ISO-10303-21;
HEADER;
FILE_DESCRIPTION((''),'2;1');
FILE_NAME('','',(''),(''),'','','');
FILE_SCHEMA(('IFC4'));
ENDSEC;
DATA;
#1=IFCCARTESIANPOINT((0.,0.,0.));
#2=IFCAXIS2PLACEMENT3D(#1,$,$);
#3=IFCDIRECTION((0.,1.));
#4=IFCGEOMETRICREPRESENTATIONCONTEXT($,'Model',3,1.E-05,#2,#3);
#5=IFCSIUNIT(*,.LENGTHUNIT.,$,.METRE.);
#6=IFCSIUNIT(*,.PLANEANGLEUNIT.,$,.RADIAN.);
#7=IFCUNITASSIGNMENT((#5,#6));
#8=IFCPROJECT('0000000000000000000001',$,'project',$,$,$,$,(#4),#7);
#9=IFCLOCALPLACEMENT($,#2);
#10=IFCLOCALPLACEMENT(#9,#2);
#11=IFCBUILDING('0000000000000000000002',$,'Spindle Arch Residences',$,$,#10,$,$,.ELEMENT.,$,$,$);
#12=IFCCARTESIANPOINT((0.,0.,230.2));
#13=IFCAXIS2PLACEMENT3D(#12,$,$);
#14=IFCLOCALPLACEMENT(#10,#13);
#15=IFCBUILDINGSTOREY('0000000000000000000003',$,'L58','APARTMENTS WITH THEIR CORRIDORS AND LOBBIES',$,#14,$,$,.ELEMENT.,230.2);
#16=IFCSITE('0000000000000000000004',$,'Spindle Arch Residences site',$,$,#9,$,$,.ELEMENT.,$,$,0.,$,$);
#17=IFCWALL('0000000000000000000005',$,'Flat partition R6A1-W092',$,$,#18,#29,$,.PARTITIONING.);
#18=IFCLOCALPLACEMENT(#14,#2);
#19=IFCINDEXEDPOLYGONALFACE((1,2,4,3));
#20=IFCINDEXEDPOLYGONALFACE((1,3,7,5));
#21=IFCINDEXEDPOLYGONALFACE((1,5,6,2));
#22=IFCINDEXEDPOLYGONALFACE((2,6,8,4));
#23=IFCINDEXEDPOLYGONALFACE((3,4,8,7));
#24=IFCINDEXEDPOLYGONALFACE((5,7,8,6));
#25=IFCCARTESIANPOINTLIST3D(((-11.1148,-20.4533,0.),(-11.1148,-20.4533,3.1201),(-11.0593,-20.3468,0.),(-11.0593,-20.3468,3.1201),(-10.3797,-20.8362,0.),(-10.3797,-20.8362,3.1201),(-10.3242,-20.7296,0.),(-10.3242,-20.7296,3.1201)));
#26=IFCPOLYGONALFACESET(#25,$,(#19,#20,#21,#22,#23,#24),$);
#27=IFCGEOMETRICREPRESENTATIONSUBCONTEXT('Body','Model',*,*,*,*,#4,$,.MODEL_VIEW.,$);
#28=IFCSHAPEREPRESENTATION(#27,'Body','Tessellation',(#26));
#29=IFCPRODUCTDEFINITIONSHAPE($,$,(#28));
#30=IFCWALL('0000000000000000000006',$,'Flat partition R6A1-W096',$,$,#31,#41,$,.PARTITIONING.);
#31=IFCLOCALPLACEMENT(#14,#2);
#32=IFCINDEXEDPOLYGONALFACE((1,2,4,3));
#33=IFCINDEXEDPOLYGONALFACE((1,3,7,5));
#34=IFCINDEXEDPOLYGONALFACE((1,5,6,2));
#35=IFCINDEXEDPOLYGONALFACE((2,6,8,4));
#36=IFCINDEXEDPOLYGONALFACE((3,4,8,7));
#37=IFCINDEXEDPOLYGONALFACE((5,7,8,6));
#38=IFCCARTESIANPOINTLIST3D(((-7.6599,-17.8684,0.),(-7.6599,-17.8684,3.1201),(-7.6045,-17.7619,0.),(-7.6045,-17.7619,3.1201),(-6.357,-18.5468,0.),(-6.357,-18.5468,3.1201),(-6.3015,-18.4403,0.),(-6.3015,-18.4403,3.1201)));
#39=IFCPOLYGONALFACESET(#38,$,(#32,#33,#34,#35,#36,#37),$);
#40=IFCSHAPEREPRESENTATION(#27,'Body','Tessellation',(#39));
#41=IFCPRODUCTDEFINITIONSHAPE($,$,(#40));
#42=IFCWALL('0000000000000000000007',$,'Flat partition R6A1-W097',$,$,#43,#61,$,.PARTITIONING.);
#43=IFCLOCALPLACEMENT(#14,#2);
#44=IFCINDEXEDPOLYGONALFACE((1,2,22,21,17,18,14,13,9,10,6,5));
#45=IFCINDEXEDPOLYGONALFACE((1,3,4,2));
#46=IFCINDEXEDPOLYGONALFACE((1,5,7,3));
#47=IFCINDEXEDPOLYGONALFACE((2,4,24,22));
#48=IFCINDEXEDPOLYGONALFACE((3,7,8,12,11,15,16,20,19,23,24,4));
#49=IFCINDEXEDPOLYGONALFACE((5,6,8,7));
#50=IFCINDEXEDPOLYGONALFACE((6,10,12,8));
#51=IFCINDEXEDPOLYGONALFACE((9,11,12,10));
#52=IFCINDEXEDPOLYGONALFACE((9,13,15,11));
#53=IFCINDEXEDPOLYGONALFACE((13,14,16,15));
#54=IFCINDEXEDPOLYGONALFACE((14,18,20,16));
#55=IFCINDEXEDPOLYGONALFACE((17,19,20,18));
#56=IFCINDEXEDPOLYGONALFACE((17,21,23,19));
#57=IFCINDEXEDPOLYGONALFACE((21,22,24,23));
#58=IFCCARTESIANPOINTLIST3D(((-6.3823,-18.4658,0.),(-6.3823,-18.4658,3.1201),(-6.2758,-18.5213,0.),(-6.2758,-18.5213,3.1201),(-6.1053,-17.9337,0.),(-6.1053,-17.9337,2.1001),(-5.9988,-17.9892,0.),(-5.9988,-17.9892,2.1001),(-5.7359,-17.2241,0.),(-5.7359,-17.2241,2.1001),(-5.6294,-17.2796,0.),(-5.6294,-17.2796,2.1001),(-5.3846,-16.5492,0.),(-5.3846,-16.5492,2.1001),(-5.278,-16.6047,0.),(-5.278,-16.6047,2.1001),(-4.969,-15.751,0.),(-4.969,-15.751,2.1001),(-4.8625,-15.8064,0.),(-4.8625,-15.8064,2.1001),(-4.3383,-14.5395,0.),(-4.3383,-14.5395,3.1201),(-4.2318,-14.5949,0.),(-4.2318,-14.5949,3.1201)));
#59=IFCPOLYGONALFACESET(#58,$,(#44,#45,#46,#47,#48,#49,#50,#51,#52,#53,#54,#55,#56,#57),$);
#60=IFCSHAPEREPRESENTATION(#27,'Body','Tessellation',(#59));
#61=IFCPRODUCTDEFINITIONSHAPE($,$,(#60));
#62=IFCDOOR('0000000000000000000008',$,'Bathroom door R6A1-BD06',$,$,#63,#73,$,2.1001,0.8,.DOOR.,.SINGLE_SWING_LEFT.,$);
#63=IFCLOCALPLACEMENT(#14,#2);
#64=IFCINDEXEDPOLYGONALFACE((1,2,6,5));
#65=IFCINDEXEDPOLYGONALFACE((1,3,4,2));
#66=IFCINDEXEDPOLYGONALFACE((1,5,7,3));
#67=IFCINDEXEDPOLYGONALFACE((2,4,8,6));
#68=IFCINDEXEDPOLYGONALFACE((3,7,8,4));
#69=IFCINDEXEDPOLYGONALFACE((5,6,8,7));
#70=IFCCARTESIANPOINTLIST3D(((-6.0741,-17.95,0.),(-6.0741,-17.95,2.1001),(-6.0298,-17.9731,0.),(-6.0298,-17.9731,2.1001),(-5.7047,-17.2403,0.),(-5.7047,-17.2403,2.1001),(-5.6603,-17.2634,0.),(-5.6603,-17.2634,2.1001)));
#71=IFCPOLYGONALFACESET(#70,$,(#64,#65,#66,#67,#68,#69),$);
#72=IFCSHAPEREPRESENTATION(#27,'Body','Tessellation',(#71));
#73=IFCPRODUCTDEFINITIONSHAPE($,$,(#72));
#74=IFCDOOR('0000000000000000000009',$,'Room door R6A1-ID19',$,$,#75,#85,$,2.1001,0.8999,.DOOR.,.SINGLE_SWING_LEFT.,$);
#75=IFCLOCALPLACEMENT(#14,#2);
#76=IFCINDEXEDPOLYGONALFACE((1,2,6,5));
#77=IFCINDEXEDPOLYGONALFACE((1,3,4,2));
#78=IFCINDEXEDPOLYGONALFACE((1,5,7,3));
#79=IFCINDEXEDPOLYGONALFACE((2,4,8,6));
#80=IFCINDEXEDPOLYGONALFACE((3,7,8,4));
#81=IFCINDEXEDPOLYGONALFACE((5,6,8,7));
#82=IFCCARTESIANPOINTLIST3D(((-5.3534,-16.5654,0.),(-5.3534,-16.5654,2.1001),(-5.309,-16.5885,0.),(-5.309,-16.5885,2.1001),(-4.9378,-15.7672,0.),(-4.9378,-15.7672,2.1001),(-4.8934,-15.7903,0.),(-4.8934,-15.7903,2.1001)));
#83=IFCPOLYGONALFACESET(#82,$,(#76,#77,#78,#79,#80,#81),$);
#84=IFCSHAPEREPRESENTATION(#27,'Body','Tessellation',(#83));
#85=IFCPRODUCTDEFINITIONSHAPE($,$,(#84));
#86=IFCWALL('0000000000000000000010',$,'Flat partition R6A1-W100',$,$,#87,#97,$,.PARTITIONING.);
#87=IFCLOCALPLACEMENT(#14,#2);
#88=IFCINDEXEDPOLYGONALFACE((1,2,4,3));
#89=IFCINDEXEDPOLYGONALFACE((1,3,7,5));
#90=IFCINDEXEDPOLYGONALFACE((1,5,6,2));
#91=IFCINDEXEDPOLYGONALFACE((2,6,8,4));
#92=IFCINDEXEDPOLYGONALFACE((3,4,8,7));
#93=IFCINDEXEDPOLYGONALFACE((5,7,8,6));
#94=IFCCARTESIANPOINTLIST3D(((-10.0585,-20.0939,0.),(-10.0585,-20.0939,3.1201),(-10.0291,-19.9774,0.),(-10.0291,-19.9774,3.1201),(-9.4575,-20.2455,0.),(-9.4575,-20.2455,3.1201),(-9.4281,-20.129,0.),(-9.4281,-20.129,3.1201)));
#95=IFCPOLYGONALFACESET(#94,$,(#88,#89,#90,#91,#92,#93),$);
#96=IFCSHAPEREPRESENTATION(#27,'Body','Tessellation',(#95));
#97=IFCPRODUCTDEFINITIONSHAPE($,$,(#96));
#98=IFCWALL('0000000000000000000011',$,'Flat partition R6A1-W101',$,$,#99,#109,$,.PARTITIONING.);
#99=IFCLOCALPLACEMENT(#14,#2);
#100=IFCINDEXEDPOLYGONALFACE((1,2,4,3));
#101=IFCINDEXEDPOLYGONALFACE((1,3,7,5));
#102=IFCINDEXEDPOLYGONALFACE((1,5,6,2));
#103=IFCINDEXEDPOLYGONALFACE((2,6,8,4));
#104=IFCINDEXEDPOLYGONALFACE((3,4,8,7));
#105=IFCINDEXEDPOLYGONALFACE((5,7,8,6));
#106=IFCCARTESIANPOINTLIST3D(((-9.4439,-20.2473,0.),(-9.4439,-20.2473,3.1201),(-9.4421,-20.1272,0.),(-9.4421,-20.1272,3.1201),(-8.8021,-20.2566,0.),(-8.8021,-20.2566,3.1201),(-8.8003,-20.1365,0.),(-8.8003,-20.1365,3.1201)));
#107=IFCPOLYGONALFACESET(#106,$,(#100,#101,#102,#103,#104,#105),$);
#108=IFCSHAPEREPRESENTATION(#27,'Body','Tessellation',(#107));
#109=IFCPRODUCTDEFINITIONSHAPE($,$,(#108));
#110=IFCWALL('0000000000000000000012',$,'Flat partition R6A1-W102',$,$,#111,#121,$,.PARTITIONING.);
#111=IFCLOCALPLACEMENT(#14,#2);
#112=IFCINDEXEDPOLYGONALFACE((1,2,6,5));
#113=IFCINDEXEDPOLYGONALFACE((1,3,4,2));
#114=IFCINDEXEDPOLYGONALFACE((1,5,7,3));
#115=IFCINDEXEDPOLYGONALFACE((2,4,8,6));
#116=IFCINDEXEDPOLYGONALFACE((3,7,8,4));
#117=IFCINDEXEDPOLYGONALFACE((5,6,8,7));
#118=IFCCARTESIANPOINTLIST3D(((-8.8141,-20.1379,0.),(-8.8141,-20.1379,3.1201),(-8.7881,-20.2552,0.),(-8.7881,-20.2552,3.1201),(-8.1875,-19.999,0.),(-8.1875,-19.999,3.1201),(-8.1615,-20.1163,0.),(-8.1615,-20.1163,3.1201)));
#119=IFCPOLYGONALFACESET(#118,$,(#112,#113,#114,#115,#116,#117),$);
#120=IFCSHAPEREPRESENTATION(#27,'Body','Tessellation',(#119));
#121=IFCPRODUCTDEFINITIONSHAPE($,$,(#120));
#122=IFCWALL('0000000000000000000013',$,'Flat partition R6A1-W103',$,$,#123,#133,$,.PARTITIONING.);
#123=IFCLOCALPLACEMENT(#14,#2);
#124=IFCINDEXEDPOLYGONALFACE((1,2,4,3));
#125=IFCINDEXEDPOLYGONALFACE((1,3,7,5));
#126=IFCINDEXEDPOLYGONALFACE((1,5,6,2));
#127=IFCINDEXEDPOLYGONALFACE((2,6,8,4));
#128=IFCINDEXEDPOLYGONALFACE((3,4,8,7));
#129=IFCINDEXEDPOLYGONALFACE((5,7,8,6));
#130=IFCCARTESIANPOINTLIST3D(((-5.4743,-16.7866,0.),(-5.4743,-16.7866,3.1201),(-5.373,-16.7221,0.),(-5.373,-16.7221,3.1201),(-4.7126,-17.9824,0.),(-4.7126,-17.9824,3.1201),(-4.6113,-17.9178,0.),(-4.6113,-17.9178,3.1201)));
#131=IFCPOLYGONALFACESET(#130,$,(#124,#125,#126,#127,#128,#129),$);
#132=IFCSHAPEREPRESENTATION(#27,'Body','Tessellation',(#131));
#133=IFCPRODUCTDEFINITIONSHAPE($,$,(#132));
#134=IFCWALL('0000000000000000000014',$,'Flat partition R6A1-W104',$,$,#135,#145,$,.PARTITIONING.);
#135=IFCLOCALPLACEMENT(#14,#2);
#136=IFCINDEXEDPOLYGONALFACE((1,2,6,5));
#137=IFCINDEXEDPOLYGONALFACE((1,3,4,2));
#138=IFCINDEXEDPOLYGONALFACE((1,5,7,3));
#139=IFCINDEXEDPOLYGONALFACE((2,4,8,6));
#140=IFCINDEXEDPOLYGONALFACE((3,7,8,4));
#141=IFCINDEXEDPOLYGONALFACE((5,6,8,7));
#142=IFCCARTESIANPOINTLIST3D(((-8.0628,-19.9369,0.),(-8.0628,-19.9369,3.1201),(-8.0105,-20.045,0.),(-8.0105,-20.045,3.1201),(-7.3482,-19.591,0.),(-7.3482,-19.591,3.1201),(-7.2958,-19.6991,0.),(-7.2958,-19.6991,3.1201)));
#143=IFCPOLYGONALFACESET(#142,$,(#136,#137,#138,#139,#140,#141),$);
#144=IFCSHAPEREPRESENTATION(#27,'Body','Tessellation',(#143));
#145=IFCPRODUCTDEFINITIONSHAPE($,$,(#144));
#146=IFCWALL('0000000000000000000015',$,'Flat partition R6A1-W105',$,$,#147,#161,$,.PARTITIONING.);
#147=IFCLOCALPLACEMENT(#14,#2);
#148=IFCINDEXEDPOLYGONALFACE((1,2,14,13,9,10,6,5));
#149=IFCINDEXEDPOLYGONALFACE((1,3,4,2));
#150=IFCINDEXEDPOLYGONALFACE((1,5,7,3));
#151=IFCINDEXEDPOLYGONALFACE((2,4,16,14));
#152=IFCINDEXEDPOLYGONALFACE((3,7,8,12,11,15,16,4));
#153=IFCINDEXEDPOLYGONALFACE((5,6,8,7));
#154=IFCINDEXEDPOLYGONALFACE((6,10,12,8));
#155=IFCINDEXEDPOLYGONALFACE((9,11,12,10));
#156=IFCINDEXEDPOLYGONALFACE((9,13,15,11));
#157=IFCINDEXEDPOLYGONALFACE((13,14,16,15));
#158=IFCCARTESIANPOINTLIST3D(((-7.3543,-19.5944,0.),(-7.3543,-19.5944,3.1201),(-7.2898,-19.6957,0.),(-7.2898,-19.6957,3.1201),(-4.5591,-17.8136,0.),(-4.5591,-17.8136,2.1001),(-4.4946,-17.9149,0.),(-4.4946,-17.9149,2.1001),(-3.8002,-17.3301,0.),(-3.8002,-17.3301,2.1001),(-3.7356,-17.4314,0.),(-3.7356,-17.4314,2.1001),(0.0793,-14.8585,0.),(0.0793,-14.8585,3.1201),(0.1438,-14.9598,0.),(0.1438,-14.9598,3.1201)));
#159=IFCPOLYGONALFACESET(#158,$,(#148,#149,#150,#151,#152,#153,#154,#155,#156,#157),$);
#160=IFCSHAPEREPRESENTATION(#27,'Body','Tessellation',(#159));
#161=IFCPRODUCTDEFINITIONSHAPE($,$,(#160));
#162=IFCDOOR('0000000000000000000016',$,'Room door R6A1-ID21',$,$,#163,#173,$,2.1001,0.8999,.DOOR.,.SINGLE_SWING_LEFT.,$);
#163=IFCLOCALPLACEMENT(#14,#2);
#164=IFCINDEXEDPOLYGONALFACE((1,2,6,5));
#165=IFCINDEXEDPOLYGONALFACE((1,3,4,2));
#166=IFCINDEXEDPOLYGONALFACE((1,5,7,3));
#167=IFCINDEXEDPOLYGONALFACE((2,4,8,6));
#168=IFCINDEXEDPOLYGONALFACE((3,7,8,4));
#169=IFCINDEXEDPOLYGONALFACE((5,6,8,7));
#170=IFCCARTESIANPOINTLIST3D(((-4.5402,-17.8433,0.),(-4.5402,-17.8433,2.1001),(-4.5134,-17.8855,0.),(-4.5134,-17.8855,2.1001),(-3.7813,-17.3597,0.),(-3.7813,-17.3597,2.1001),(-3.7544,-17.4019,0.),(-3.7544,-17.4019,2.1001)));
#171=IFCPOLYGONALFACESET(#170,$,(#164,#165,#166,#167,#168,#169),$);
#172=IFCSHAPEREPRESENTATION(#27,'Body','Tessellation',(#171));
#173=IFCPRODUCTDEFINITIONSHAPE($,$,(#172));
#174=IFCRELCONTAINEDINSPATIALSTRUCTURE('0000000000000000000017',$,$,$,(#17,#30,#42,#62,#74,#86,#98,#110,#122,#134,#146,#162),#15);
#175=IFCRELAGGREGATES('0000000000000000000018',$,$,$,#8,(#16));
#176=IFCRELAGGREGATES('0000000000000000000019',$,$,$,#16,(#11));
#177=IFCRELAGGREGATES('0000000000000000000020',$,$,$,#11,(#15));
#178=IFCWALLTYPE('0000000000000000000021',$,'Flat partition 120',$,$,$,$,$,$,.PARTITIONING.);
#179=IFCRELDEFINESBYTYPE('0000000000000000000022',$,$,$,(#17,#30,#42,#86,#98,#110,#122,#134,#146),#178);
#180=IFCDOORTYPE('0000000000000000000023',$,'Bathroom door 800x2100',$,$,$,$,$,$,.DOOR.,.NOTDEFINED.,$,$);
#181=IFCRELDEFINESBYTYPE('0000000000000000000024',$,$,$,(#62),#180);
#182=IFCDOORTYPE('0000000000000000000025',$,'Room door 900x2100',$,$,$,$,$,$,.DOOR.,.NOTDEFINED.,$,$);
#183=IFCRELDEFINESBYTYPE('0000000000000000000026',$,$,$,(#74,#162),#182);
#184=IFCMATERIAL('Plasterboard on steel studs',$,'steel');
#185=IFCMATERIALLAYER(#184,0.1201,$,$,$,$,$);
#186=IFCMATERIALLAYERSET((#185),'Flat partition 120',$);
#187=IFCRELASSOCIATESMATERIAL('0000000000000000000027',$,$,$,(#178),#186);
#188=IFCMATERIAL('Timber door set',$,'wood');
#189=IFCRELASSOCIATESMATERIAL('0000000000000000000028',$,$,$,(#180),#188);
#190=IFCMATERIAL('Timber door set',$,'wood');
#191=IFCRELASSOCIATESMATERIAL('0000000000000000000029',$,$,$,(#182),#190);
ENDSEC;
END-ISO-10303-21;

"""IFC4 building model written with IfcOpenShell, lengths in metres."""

from ifc_helpers import new_model, si_unit, direction, frame, frame_2d, origin, place, context, subcontext, project, spatial, rectangle, extrude, material, layer, layer_set, type_object, element, fill, save


model = new_model("IFC4")

# Units and contexts
model_context = context("Model", 3, precision=1e-05, world=origin(), true_north=direction((0.0, 1.0)))
body_context = subcontext(model_context, "Body", "Model", "MODEL_VIEW")
ifc_project = project(units=[si_unit("LENGTHUNIT", "METRE"), si_unit("PLANEANGLEUNIT", "RADIAN")], contexts=[model_context])

# Site, building, storey
site_placement = place(None, origin())
site = spatial("IfcSite", under=ifc_project, at=site_placement, Name="Spindle Arch Residences site", CompositionType="ELEMENT", RefElevation=0.0)
building_placement = place(site_placement, origin())
building = spatial("IfcBuilding", under=site, at=building_placement, Name="Spindle Arch Residences", CompositionType="ELEMENT")
storey_placement = place(building_placement, frame((0.0, 0.0, 230.2)))
storey = spatial("IfcBuildingStorey", under=building, at=storey_placement, Name="L58", Description="APARTMENTS WITH THEIR CORRIDORS AND LOBBIES", CompositionType="ELEMENT", Elevation=230.2)

# Walls
ifc_material_1 = material(Name="Plasterboard on steel studs", Category="steel")
ifc_layer_1 = layer(ifc_material_1, 0.1201)
ifc_layer_set_1 = layer_set([ifc_layer_1], Name="Flat partition 120")
wall_type_1 = type_object("IfcWallType", Name="Flat partition 120", PredefinedType="PARTITIONING", material=ifc_layer_set_1)
wall_1_placement = place(storey_placement, frame((-10.3518, -20.783, 0.0), z_axis=(0.0, 0.0, 1.0), x_axis=(-0.886942, 0.461881, 0.0)))
element("IfcWall", 1, at=wall_1_placement, inside=storey, type_object=wall_type_1, Name="Flat partition R6A1-W092", PredefinedType="PARTITIONING", context=body_context, shape_type="SweptSolid", body=[
    extrude(rectangle(XDim=0.8289, YDim=0.1201, at=frame_2d((0.4146, 0.0))), origin(), (0.0, 0.0, 1.0), 3.1201),
])
wall_2_placement = place(storey_placement, frame((-7.6321, -17.8152, 0.0), z_axis=(0.0, 0.0, 1.0), x_axis=(0.886961, -0.461845, 0.0)))
element("IfcWall", 2, at=wall_2_placement, inside=storey, type_object=wall_type_1, Name="Flat partition R6A1-W096", PredefinedType="PARTITIONING", context=body_context, shape_type="SweptSolid", body=[
    extrude(rectangle(XDim=1.469, YDim=0.1201, at=frame_2d((0.7344, 0.0))), origin(), (0.0, 0.0, 1.0), 3.1201),
])

# Wall, openings, doors
wall_3_placement = place(storey_placement, frame((-6.3291, -18.4937, 0.0), z_axis=(0.0, 0.0, 1.0), x_axis=(0.461759, 0.887005, 0.0)))
wall_3 = element("IfcWall", 3, at=wall_3_placement, inside=storey, type_object=wall_type_1, Name="Flat partition R6A1-W097", PredefinedType="PARTITIONING", context=body_context, shape_type="SweptSolid", body=[
    extrude(rectangle(XDim=4.4265, YDim=0.1201, at=frame_2d((2.2134, 0.0))), origin(), (0.0, 0.0, 1.0), 3.1201),
])
opening_1_placement = place(wall_3_placement, frame((0.6001, 0.0, 0.0)))
opening_1 = element("IfcOpeningElement", 4, at=opening_1_placement, cuts=wall_3, PredefinedType="OPENING", context=body_context, shape_type="SweptSolid", body=[
    extrude(rectangle(XDim=0.8, YDim=2.1001, at=frame_2d((0.3999, 1.05))), frame((0.0, 0.0701, 0.0), z_axis=(0.0, -1.0, 0.0), x_axis=(1.0, 0.0, 0.0)), (0.0, 0.0, 1.0), 0.1401),
])
opening_2_placement = place(wall_3_placement, frame((2.1609, 0.0, 0.0)))
opening_2 = element("IfcOpeningElement", 5, at=opening_2_placement, cuts=wall_3, PredefinedType="OPENING", context=body_context, shape_type="SweptSolid", body=[
    extrude(rectangle(XDim=0.8999, YDim=2.1001, at=frame_2d((0.45, 1.05))), frame((0.0, 0.0701, 0.0), z_axis=(0.0, -1.0, 0.0), x_axis=(1.0, 0.0, 0.0)), (0.0, 0.0, 1.0), 0.1401),
])
ifc_material_2 = material(Name="Timber door set", Category="wood")
door_type_1 = type_object("IfcDoorType", Name="Bathroom door 800x2100", OperationType="NOTDEFINED", PredefinedType="DOOR", material=ifc_material_2)
door_1_placement = place(opening_1_placement, origin())
door_1 = element("IfcDoor", 6, at=door_1_placement, inside=storey, type_object=door_type_1, Name="Bathroom door R6A1-BD06", OperationType="SINGLE_SWING_LEFT", OverallHeight=2.1001, OverallWidth=0.8, PredefinedType="DOOR", context=body_context, shape_type="SweptSolid", body=[
    extrude(rectangle(XDim=0.8, YDim=2.1001, at=frame_2d((0.3999, 1.05))), frame((0.0, 0.0249, 0.0), z_axis=(0.0, -1.0, 0.0), x_axis=(1.0, 0.0, 0.0)), (0.0, 0.0, 1.0), 0.05),
])
fill(opening_1, door_1)
ifc_material_3 = material(Name="Timber door set", Category="wood")
door_type_2 = type_object("IfcDoorType", Name="Room door 900x2100", OperationType="NOTDEFINED", PredefinedType="DOOR", material=ifc_material_3)
door_2_placement = place(opening_2_placement, origin())
door_2 = element("IfcDoor", 7, at=door_2_placement, inside=storey, type_object=door_type_2, Name="Room door R6A1-ID19", OperationType="SINGLE_SWING_LEFT", OverallHeight=2.1001, OverallWidth=0.8999, PredefinedType="DOOR", context=body_context, shape_type="SweptSolid", body=[
    extrude(rectangle(XDim=0.8999, YDim=2.1001, at=frame_2d((0.45, 1.05))), frame((0.0, 0.0249, 0.0), z_axis=(0.0, -1.0, 0.0), x_axis=(1.0, 0.0, 0.0)), (0.0, 0.0, 1.0), 0.05),
])
fill(opening_2, door_2)

# Walls
wall_4_placement = place(storey_placement, frame((-10.0439, -20.0356, 0.0), z_axis=(0.0, 0.0, 1.0), x_axis=(0.969631, -0.244574, 0.0)))
element("IfcWall", 8, at=wall_4_placement, inside=storey, type_object=wall_type_1, Name="Flat partition R6A1-W100", PredefinedType="PARTITIONING", context=body_context, shape_type="SweptSolid", body=[
    extrude(rectangle(XDim=0.6199, YDim=0.1201, at=frame_2d((0.3101, 0.0))), origin(), (0.0, 0.0, 1.0), 3.1201),
])
for number, where, z_axis, x_axis, name in (
    (9, (-9.4429, -20.1873, 0.0), (0.0, 0.0, 1.0), (0.999896, -0.014453, 0.0), "Flat partition R6A1-W101"),
    (10, (-8.801, -20.1965, 0.0), (0.0, 0.0, 1.0), (0.976303, 0.216407, 0.0), "Flat partition R6A1-W102"),
):
    element("IfcWall", number, at=place(storey_placement, frame(where, z_axis=z_axis, x_axis=x_axis)), inside=storey, type_object=wall_type_1, Name=name, PredefinedType="PARTITIONING", context=body_context, shape_type="SweptSolid", body=[
        extrude(rectangle(XDim=0.6418, YDim=0.1201, at=frame_2d((0.3208, 0.0))), origin(), (0.0, 0.0, 1.0), 3.1201),
    ])
wall_5_placement = place(storey_placement, frame((-4.6619, -17.9502, 0.0), z_axis=(0.0, 0.0, 1.0), x_axis=(-0.537254, 0.84342, 0.0)))
element("IfcWall", 11, at=wall_5_placement, inside=storey, type_object=wall_type_1, Name="Flat partition R6A1-W103", PredefinedType="PARTITIONING", context=body_context, shape_type="SweptSolid", body=[
    extrude(rectangle(XDim=1.4177, YDim=0.1201, at=frame_2d((0.709, 0.0))), origin(), (0.0, 0.0, 1.0), 3.1201),
])
wall_6_placement = place(storey_placement, frame((-8.0366, -19.991, 0.0), z_axis=(0.0, 0.0, 1.0), x_axis=(0.900074, 0.435738, 0.0)))
element("IfcWall", 12, at=wall_6_placement, inside=storey, type_object=wall_type_1, Name="Flat partition R6A1-W104", PredefinedType="PARTITIONING", context=body_context, shape_type="SweptSolid", body=[
    extrude(rectangle(XDim=0.7939, YDim=0.1201, at=frame_2d((0.397, 0.0))), origin(), (0.0, 0.0, 1.0), 3.1201),
])

# Wall, opening, door
wall_7_placement = place(storey_placement, frame((-7.322, -19.645, 0.0), z_axis=(0.0, 0.0, 1.0), x_axis=(0.843385, 0.537309, 0.0)))
wall_7 = element("IfcWall", 13, at=wall_7_placement, inside=storey, type_object=wall_type_1, Name="Flat partition R6A1-W105", PredefinedType="PARTITIONING", context=body_context, shape_type="SweptSolid", body=[
    extrude(rectangle(XDim=8.814, YDim=0.1201, at=frame_2d((4.407, 0.0))), origin(), (0.0, 0.0, 1.0), 3.1201),
])
opening_3_placement = place(wall_7_placement, frame((3.3142, 0.0, 0.0)))
opening_3 = element("IfcOpeningElement", 14, at=opening_3_placement, cuts=wall_7, PredefinedType="OPENING", context=body_context, shape_type="SweptSolid", body=[
    extrude(rectangle(XDim=0.8999, YDim=2.1001, at=frame_2d((0.45, 1.05))), frame((0.0, 0.0701, 0.0), z_axis=(0.0, -1.0, 0.0), x_axis=(1.0, 0.0, 0.0)), (0.0, 0.0, 1.0), 0.1401),
])
door_3_placement = place(opening_3_placement, origin())
door_3 = element("IfcDoor", 15, at=door_3_placement, inside=storey, type_object=door_type_2, Name="Room door R6A1-ID21", OperationType="SINGLE_SWING_LEFT", OverallHeight=2.1001, OverallWidth=0.8999, PredefinedType="DOOR", context=body_context, shape_type="SweptSolid", body=[
    extrude(rectangle(XDim=0.8999, YDim=2.1001, at=frame_2d((0.45, 1.05))), frame((0.0, 0.0249, 0.0), z_axis=(0.0, -1.0, 0.0), x_axis=(1.0, 0.0, 0.0)), (0.0, 0.0, 1.0), 0.05),
])
fill(opening_3, door_3)

save(model, "model.ifc")
